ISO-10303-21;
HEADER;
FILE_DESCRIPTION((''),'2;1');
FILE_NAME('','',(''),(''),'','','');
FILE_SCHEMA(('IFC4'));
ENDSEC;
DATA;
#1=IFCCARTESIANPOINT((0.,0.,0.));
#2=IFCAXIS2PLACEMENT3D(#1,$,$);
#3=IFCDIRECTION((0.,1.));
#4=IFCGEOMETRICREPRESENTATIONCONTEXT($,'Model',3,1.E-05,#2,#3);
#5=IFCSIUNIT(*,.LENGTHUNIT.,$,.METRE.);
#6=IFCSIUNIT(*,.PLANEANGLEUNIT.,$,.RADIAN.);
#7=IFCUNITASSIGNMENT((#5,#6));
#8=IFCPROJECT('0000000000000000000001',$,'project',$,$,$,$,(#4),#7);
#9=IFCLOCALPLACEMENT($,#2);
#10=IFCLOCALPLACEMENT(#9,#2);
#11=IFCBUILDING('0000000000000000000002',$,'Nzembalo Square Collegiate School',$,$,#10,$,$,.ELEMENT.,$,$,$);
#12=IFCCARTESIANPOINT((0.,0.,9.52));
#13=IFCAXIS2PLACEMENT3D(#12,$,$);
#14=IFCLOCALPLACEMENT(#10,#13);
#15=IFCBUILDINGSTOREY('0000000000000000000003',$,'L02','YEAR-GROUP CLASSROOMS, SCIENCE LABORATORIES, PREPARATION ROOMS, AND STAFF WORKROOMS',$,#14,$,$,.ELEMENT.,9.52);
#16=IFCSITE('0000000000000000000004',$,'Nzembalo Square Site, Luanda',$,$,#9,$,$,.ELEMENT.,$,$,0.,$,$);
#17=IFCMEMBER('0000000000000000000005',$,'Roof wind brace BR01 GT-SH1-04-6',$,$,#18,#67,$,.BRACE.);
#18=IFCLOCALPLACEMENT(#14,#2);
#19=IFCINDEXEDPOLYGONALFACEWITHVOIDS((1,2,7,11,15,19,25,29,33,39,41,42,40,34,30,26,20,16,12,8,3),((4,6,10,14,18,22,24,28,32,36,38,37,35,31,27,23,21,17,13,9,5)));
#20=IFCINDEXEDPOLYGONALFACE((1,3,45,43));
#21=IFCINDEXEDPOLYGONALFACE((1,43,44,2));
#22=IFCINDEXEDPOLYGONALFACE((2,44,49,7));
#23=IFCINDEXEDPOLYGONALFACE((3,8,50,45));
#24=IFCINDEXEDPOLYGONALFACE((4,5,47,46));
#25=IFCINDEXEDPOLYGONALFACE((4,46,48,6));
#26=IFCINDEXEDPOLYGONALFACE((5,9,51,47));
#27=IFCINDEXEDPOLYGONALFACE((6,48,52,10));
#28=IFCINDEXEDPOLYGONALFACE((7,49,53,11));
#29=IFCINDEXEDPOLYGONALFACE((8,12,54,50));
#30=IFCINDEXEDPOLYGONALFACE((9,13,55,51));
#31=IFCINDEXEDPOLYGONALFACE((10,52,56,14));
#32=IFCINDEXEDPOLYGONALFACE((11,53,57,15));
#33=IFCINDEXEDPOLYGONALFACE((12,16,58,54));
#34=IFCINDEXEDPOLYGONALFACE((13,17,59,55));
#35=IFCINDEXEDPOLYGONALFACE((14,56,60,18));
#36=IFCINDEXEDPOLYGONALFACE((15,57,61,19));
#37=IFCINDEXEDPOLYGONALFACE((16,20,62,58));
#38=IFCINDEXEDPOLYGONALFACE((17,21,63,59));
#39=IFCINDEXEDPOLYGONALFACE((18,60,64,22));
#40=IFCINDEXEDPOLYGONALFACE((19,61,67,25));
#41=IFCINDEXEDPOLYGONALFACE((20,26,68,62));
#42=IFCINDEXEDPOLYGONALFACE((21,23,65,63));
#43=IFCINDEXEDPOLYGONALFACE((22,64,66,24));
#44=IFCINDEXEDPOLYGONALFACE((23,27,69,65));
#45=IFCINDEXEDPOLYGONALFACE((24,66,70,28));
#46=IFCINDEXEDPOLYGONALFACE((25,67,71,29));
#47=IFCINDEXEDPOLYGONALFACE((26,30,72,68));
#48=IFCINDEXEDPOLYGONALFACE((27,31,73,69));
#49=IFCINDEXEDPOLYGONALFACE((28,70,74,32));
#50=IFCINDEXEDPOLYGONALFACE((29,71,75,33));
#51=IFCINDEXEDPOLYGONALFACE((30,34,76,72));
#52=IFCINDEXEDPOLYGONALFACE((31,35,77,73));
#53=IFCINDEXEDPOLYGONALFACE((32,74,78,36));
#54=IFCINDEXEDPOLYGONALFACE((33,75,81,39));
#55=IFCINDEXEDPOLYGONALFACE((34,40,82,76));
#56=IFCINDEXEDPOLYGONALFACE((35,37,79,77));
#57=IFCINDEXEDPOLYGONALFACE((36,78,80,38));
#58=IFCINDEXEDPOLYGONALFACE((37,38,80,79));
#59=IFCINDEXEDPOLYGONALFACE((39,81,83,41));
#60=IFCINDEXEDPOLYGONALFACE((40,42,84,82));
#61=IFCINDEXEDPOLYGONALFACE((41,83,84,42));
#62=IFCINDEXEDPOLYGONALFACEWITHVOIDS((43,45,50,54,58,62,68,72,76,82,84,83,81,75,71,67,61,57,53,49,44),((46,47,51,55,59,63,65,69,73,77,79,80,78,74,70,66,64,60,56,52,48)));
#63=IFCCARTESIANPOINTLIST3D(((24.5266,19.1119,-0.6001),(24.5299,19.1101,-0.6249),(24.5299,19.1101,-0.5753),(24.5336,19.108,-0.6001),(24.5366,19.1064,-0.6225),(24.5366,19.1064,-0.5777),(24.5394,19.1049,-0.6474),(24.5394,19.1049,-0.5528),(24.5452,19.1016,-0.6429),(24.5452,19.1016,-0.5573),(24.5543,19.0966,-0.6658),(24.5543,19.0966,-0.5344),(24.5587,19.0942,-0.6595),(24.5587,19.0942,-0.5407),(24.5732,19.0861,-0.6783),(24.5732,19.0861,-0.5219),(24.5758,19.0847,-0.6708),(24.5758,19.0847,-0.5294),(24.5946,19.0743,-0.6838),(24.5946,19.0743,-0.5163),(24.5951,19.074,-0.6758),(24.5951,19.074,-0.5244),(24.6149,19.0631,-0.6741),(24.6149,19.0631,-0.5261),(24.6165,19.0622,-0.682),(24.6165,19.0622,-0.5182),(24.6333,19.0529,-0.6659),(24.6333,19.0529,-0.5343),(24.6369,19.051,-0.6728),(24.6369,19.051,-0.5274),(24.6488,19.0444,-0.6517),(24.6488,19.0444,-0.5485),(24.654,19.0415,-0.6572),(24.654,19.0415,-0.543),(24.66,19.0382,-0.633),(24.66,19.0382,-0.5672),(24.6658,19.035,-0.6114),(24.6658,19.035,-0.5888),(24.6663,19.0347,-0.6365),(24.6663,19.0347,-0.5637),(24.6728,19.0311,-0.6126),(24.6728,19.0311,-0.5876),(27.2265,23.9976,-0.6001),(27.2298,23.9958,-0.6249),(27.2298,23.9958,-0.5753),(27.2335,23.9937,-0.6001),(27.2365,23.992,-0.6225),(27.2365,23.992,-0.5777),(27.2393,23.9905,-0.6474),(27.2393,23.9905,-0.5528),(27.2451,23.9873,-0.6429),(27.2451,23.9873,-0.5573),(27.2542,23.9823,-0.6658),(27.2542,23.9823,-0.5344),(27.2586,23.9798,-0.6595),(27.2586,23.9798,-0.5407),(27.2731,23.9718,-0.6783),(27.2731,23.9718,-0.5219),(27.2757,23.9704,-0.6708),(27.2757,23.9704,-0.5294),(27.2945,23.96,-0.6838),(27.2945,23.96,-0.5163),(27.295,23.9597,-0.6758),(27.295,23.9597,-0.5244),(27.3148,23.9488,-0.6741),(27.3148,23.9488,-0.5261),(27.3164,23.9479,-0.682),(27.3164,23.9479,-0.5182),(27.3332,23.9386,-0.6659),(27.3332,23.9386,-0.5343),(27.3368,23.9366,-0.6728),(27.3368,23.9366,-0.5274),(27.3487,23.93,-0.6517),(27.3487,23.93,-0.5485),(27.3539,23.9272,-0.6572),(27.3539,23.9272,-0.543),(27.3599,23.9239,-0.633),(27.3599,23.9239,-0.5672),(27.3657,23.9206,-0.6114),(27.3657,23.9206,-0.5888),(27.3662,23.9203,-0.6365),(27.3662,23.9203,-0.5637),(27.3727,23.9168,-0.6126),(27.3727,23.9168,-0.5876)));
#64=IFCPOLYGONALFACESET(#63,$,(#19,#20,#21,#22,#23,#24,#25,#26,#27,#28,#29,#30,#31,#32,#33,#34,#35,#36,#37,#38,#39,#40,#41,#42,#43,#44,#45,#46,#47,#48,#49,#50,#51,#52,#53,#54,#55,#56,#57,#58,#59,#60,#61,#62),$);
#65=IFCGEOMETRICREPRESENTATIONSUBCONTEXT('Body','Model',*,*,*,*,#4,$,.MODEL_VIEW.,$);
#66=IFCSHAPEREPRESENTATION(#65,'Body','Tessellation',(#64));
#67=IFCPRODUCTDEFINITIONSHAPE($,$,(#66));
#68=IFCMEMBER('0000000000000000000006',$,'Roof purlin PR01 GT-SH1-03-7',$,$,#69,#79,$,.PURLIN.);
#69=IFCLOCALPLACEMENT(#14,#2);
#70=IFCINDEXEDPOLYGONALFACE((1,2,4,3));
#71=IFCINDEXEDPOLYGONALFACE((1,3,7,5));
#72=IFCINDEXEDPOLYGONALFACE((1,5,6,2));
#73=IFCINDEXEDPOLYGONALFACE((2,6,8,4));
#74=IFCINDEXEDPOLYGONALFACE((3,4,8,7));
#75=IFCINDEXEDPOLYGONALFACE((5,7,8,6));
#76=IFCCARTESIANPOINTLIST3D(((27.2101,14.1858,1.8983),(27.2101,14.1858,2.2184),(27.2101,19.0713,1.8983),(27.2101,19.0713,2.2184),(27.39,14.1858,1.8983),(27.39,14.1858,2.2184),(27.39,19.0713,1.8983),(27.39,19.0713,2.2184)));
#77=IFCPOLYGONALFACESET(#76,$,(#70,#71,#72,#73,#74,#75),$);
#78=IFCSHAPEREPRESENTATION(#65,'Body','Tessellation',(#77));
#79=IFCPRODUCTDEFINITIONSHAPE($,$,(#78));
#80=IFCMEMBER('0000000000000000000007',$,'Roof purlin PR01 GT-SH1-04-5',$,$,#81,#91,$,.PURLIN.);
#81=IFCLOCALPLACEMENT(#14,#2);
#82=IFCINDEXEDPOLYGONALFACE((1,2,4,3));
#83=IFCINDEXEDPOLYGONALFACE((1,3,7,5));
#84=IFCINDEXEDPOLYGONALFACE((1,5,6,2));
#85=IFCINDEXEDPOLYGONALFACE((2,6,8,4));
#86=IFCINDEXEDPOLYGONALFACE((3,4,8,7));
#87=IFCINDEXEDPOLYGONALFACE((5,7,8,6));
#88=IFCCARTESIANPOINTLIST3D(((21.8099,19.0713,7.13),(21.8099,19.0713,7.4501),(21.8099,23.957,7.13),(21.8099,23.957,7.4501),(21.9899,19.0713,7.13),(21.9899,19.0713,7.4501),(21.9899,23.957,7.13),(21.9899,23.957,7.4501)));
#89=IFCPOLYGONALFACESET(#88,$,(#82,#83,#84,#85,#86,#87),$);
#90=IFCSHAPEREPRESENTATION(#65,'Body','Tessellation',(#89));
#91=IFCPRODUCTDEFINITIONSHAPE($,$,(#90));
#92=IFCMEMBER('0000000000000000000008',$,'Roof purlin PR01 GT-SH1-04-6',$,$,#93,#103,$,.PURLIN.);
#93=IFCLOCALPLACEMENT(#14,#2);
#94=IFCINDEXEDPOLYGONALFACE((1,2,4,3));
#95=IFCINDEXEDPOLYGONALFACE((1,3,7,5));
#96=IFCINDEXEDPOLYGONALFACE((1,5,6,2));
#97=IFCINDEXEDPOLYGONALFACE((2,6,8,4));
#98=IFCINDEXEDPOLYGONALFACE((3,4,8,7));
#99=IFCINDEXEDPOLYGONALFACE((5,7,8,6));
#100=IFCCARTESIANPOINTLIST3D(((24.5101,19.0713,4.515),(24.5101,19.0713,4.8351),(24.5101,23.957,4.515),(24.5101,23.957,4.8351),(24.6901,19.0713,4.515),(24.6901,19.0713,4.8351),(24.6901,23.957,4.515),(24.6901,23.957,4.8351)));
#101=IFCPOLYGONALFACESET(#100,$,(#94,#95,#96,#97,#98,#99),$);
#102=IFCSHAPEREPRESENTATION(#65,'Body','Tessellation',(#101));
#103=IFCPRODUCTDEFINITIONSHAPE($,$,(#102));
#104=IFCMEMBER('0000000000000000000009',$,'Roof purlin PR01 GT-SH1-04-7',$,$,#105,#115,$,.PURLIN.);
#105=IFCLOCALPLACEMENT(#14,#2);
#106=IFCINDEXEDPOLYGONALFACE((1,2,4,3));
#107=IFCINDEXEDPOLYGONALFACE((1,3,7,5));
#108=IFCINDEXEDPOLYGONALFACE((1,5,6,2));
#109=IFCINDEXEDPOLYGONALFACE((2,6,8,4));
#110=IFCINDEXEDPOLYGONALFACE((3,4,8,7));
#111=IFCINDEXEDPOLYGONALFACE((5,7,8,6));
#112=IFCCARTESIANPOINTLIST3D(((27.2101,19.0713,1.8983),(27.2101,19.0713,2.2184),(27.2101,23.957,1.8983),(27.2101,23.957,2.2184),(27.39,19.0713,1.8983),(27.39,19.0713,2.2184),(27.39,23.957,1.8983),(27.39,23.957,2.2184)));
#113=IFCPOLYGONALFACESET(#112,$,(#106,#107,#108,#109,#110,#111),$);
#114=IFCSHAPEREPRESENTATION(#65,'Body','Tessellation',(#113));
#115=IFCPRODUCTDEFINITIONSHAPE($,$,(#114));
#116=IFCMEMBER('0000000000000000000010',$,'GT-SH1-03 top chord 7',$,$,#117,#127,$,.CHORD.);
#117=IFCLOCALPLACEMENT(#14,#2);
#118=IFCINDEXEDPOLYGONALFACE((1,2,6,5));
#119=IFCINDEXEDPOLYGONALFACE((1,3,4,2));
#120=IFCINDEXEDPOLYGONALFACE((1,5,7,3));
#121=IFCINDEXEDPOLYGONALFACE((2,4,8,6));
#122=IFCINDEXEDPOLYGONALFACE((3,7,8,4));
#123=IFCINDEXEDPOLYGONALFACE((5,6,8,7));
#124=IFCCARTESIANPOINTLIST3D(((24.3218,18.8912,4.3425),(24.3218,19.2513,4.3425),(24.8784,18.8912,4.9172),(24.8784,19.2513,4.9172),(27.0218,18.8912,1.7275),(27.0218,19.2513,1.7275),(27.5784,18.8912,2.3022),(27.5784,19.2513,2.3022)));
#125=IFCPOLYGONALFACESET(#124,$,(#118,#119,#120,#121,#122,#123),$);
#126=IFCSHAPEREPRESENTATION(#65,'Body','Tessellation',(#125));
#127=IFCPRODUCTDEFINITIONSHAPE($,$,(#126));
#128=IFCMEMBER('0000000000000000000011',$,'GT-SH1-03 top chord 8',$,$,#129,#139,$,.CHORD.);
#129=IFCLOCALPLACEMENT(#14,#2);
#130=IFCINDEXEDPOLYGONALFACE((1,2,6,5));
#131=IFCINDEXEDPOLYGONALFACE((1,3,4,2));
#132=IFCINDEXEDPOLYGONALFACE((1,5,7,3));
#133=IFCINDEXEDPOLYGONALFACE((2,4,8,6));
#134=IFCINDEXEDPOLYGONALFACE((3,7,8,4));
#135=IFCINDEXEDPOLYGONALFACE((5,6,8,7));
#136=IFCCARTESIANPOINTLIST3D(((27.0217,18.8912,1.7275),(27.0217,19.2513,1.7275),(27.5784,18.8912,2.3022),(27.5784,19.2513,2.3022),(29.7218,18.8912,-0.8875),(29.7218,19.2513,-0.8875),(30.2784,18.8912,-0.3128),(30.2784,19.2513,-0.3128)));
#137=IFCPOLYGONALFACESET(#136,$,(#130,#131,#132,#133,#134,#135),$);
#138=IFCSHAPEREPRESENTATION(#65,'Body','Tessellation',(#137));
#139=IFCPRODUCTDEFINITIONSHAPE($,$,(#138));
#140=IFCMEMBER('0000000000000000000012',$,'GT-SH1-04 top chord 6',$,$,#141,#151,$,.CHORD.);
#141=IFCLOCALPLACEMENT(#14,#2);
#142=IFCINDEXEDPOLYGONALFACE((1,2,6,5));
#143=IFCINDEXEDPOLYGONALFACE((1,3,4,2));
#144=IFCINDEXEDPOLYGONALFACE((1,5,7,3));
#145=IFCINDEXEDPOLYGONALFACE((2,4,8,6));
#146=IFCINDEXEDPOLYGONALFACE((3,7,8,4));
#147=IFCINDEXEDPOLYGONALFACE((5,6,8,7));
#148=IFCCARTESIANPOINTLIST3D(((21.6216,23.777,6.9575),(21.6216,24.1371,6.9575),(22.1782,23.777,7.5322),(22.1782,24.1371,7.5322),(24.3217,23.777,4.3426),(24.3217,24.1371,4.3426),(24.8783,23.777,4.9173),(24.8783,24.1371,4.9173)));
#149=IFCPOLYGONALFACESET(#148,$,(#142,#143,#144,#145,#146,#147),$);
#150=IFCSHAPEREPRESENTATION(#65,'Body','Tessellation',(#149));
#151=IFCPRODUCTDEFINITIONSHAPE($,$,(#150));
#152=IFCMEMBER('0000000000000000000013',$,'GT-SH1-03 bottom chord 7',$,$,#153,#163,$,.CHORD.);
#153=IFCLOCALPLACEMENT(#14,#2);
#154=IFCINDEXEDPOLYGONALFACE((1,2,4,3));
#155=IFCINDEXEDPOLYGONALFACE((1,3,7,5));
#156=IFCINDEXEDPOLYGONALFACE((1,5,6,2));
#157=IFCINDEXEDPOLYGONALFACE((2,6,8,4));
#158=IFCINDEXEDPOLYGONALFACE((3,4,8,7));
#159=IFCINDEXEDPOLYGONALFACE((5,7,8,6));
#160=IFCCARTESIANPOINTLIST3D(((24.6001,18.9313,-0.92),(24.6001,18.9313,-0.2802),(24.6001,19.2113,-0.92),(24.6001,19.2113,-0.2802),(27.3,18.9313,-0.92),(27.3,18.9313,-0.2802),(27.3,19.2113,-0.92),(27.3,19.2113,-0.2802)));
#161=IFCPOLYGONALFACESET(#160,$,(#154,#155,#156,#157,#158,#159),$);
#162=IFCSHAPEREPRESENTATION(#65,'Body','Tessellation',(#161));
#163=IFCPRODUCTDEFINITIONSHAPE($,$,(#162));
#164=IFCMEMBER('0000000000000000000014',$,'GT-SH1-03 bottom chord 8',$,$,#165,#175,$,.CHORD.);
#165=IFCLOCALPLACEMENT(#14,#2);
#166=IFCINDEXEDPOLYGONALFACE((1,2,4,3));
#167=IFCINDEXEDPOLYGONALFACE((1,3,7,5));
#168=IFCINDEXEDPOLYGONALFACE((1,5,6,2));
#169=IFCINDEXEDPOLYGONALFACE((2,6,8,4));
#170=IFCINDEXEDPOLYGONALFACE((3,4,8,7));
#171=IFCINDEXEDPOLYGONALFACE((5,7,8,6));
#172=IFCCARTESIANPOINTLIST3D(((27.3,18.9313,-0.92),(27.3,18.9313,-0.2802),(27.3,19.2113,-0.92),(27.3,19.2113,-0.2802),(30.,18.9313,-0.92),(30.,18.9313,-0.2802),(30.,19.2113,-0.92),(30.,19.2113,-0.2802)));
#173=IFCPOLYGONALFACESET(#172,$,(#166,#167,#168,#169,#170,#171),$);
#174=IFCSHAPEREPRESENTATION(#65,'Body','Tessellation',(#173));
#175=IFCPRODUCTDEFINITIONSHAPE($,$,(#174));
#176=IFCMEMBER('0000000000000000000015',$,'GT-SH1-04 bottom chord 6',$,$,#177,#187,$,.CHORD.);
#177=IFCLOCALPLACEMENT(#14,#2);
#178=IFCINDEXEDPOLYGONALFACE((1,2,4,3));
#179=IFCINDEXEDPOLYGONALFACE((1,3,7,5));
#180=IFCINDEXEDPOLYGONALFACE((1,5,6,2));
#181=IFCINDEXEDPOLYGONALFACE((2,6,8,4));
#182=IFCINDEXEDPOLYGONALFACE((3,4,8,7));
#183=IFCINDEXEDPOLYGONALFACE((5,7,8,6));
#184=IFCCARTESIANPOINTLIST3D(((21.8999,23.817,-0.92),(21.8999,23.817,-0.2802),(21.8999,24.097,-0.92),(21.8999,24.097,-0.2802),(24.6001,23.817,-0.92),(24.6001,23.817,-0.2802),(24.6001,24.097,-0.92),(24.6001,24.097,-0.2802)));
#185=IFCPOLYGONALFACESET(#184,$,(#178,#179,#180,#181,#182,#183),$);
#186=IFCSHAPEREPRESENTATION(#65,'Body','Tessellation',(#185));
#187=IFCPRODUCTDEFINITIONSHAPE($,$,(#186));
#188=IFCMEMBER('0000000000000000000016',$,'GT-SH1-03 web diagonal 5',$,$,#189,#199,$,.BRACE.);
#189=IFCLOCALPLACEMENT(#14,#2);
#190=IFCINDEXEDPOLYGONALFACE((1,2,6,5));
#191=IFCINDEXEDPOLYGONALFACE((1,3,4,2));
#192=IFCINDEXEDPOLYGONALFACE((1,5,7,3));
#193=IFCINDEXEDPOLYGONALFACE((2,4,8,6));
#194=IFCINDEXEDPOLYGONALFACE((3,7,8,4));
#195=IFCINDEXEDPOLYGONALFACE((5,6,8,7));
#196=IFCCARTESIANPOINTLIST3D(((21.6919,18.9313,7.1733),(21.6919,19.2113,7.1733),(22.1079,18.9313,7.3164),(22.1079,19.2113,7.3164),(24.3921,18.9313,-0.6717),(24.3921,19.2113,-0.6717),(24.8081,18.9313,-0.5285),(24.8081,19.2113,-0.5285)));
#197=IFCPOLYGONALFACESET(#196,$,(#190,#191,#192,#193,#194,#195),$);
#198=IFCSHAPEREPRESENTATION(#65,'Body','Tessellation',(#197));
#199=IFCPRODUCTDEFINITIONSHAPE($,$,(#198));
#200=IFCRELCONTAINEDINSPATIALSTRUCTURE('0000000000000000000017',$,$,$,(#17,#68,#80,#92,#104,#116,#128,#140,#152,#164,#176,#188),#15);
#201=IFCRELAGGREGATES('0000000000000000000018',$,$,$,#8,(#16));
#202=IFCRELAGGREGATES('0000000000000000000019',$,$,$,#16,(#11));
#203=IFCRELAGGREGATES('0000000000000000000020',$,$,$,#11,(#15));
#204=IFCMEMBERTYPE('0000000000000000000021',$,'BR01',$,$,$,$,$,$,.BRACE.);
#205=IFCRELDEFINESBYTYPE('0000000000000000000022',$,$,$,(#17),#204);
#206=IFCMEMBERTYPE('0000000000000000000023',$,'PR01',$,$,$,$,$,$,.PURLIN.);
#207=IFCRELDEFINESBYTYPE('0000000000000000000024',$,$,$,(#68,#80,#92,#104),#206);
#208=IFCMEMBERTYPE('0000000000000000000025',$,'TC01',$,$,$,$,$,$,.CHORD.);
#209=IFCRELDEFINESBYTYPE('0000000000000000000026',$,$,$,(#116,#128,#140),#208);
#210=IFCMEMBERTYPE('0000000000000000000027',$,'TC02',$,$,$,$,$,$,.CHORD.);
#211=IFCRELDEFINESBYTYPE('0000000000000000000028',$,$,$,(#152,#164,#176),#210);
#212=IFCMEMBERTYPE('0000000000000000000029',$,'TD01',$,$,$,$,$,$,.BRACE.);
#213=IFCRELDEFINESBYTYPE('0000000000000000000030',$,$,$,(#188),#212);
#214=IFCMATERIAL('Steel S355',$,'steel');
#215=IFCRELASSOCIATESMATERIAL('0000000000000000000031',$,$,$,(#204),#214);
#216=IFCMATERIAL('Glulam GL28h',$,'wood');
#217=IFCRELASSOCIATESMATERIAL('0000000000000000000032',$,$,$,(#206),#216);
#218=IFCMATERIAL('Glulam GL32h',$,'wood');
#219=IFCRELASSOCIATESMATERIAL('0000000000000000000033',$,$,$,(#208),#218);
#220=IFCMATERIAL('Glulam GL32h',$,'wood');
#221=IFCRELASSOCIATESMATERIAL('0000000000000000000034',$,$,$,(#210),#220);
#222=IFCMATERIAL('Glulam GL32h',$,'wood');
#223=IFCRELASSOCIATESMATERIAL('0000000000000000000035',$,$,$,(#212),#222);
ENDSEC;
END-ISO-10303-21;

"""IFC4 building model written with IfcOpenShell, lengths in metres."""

from ifc_helpers import new_model, si_unit, direction, frame, origin, origin_2d, place, context, subcontext, project, spatial, rectangle, hollow_circle, extrude, material, material_profile, profile_set, type_object, element, save


model = new_model("IFC4")

# Units and contexts
model_context = context("Model", 3, precision=1e-05, world=origin(), true_north=direction((0.0, 1.0)))
body_context = subcontext(model_context, "Body", "Model", "MODEL_VIEW")
ifc_project = project(units=[si_unit("LENGTHUNIT", "METRE"), si_unit("PLANEANGLEUNIT", "RADIAN")], contexts=[model_context])

# Site, building, storey
site_placement = place(None, origin())
site = spatial("IfcSite", under=ifc_project, at=site_placement, Name="Nzembalo Square Site, Luanda", CompositionType="ELEMENT", RefElevation=0.0)
building_placement = place(site_placement, origin())
building = spatial("IfcBuilding", under=site, at=building_placement, Name="Nzembalo Square Collegiate School", CompositionType="ELEMENT")
storey_placement = place(building_placement, frame((0.0, 0.0, 9.52)))
storey = spatial("IfcBuildingStorey", under=building, at=storey_placement, Name="L02", Description="YEAR-GROUP CLASSROOMS, SCIENCE LABORATORIES, PREPARATION ROOMS, AND STAFF WORKROOMS", CompositionType="ELEMENT", Elevation=9.52)

# Members
ifc_material_1 = material(Name="Steel S355", Category="steel")
ifc_material_profile_1 = material_profile(ifc_material_1, hollow_circle(Radius=0.084, WallThickness=0.0081, at=origin_2d()), Name="CHS 168x8")
ifc_profile_set_1 = profile_set([ifc_material_profile_1], Name="Steel S355")
member_type_1 = type_object("IfcMemberType", Name="BR01", PredefinedType="BRACE", material=ifc_profile_set_1)
member_1_placement = place(storey_placement, frame((24.6001, 19.0713, -0.6001), z_axis=(0.483677, 0.875246, 0.0), x_axis=(-0.875246, 0.483677, 0.0)))
element("IfcMember", 1, at=member_1_placement, inside=storey, type_object=member_type_1, Name="Roof wind brace BR01 GT-SH1-04-6", PredefinedType="BRACE", context=body_context, shape_type="SweptSolid", body=[
    extrude(hollow_circle(Radius=0.084, WallThickness=0.0081, at=origin_2d()), origin(), (0.0, 0.0, 1.0), 5.582),
])
ifc_material_2 = material(Name="Glulam GL28h", Category="wood")
ifc_material_profile_2 = material_profile(ifc_material_2, rectangle(XDim=0.1799, YDim=0.3201, at=origin_2d()), Name="GL28h 180x320")
ifc_profile_set_2 = profile_set([ifc_material_profile_2], Name="Glulam GL28h")
member_type_2 = type_object("IfcMemberType", Name="PR01", PredefinedType="PURLIN", material=ifc_profile_set_2)
member_2_placement = place(storey_placement, frame((27.3, 14.1858, 2.0583), z_axis=(0.0, 1.0, 0.0), x_axis=(-1.0, 0.0, 0.0)))
element("IfcMember", 2, at=member_2_placement, inside=storey, type_object=member_type_2, Name="Roof purlin PR01 GT-SH1-03-7", PredefinedType="PURLIN", context=body_context, shape_type="SweptSolid", body=[
    extrude(rectangle(XDim=0.1799, YDim=0.3201, at=origin_2d()), origin(), (0.0, 0.0, 1.0), 4.8855),
])
for number, where, z_axis, x_axis, name in (
    (3, (21.8999, 19.0713, 7.29), (0.0, 1.0, 0.0), (-1.0, 0.0, 0.0), "Roof purlin PR01 GT-SH1-04-5"),
    (4, (24.6001, 19.0713, 4.675), (0.0, 1.0, 0.0), (-1.0, 0.0, 0.0), "Roof purlin PR01 GT-SH1-04-6"),
    (5, (27.3, 19.0713, 2.0583), (0.0, 1.0, 0.0), (-1.0, 0.0, 0.0), "Roof purlin PR01 GT-SH1-04-7"),
):
    element("IfcMember", number, at=place(storey_placement, frame(where, z_axis=z_axis, x_axis=x_axis)), inside=storey, type_object=member_type_2, Name=name, PredefinedType="PURLIN", context=body_context, shape_type="SweptSolid", body=[
        extrude(rectangle(XDim=0.1799, YDim=0.3201, at=origin_2d()), origin(), (0.0, 0.0, 1.0), 4.8857),
    ])
ifc_material_3 = material(Name="Glulam GL32h", Category="wood")
ifc_material_profile_3 = material_profile(ifc_material_3, rectangle(XDim=0.3601, YDim=0.8, at=origin_2d()), Name="GL32h 360x800")
ifc_profile_set_3 = profile_set([ifc_material_profile_3], Name="Glulam GL32h")
member_type_3 = type_object("IfcMemberType", Name="TC01", PredefinedType="CHORD", material=ifc_profile_set_3)
for number, where, z_axis, x_axis, name in (
    (6, (24.6001, 19.0713, 4.6299), (0.718318, 0.0, -0.695715), (0.0, 1.0, 0.0), "GT-SH1-03 top chord 7"),
    (7, (27.3, 19.0713, 2.0149), (0.718318, 0.0, -0.695715), (0.0, 1.0, 0.0), "GT-SH1-03 top chord 8"),
    (8, (21.8999, 23.957, 7.2449), (0.71835, 0.0, -0.695682), (0.0, 1.0, 0.0), "GT-SH1-04 top chord 6"),
):
    element("IfcMember", number, at=place(storey_placement, frame(where, z_axis=z_axis, x_axis=x_axis)), inside=storey, type_object=member_type_3, Name=name, PredefinedType="CHORD", context=body_context, shape_type="SweptSolid", body=[
        extrude(rectangle(XDim=0.3601, YDim=0.8, at=origin_2d()), origin(), (0.0, 0.0, 1.0), 3.7588),
    ])
ifc_material_4 = material(Name="Glulam GL32h", Category="wood")
ifc_material_profile_4 = material_profile(ifc_material_4, rectangle(XDim=0.28, YDim=0.6399, at=origin_2d()), Name="GL32h 280x640")
ifc_profile_set_4 = profile_set([ifc_material_profile_4], Name="Glulam GL32h")
member_type_4 = type_object("IfcMemberType", Name="TC02", PredefinedType="CHORD", material=ifc_profile_set_4)
for number, where, z_axis, x_axis, name in (
    (9, (24.6001, 19.0713, -0.6001), (1.0, 0.0, 0.0), (0.0, 1.0, 0.0), "GT-SH1-03 bottom chord 7"),
    (10, (27.3, 19.0713, -0.6001), (1.0, 0.0, 0.0), (0.0, 1.0, 0.0), "GT-SH1-03 bottom chord 8"),
):
    element("IfcMember", number, at=place(storey_placement, frame(where, z_axis=z_axis, x_axis=x_axis)), inside=storey, type_object=member_type_4, Name=name, PredefinedType="CHORD", context=body_context, shape_type="SweptSolid", body=[
        extrude(rectangle(XDim=0.28, YDim=0.6399, at=origin_2d()), origin(), (0.0, 0.0, 1.0), 2.7),
    ])
member_3_placement = place(storey_placement, frame((21.8999, 23.957, -0.6001), z_axis=(1.0, 0.0, 0.0), x_axis=(0.0, 1.0, 0.0)))
element("IfcMember", 11, at=member_3_placement, inside=storey, type_object=member_type_4, Name="GT-SH1-04 bottom chord 6", PredefinedType="CHORD", context=body_context, shape_type="SweptSolid", body=[
    extrude(rectangle(XDim=0.28, YDim=0.6399, at=origin_2d()), origin(), (0.0, 0.0, 1.0), 2.7002),
])
ifc_material_5 = material(Name="Glulam GL32h", Category="wood")
ifc_material_profile_5 = material_profile(ifc_material_5, rectangle(XDim=0.28, YDim=0.4399, at=origin_2d()), Name="GL32h 280x440")
ifc_profile_set_5 = profile_set([ifc_material_profile_5], Name="Glulam GL32h")
member_type_5 = type_object("IfcMemberType", Name="TD01", PredefinedType="BRACE", material=ifc_profile_set_5)
member_4_placement = place(storey_placement, frame((24.6001, 19.0713, -0.6001), z_axis=(-0.325456, 0.0, 0.945557), x_axis=(0.0, -1.0, 0.0)))
element("IfcMember", 12, at=member_4_placement, inside=storey, type_object=member_type_5, Name="GT-SH1-03 web diagonal 5", PredefinedType="BRACE", context=body_context, shape_type="SweptSolid", body=[
    extrude(rectangle(XDim=0.28, YDim=0.4399, at=origin_2d()), origin(), (0.0, 0.0, 1.0), 8.2966),
])

save(model, "model.ifc")
